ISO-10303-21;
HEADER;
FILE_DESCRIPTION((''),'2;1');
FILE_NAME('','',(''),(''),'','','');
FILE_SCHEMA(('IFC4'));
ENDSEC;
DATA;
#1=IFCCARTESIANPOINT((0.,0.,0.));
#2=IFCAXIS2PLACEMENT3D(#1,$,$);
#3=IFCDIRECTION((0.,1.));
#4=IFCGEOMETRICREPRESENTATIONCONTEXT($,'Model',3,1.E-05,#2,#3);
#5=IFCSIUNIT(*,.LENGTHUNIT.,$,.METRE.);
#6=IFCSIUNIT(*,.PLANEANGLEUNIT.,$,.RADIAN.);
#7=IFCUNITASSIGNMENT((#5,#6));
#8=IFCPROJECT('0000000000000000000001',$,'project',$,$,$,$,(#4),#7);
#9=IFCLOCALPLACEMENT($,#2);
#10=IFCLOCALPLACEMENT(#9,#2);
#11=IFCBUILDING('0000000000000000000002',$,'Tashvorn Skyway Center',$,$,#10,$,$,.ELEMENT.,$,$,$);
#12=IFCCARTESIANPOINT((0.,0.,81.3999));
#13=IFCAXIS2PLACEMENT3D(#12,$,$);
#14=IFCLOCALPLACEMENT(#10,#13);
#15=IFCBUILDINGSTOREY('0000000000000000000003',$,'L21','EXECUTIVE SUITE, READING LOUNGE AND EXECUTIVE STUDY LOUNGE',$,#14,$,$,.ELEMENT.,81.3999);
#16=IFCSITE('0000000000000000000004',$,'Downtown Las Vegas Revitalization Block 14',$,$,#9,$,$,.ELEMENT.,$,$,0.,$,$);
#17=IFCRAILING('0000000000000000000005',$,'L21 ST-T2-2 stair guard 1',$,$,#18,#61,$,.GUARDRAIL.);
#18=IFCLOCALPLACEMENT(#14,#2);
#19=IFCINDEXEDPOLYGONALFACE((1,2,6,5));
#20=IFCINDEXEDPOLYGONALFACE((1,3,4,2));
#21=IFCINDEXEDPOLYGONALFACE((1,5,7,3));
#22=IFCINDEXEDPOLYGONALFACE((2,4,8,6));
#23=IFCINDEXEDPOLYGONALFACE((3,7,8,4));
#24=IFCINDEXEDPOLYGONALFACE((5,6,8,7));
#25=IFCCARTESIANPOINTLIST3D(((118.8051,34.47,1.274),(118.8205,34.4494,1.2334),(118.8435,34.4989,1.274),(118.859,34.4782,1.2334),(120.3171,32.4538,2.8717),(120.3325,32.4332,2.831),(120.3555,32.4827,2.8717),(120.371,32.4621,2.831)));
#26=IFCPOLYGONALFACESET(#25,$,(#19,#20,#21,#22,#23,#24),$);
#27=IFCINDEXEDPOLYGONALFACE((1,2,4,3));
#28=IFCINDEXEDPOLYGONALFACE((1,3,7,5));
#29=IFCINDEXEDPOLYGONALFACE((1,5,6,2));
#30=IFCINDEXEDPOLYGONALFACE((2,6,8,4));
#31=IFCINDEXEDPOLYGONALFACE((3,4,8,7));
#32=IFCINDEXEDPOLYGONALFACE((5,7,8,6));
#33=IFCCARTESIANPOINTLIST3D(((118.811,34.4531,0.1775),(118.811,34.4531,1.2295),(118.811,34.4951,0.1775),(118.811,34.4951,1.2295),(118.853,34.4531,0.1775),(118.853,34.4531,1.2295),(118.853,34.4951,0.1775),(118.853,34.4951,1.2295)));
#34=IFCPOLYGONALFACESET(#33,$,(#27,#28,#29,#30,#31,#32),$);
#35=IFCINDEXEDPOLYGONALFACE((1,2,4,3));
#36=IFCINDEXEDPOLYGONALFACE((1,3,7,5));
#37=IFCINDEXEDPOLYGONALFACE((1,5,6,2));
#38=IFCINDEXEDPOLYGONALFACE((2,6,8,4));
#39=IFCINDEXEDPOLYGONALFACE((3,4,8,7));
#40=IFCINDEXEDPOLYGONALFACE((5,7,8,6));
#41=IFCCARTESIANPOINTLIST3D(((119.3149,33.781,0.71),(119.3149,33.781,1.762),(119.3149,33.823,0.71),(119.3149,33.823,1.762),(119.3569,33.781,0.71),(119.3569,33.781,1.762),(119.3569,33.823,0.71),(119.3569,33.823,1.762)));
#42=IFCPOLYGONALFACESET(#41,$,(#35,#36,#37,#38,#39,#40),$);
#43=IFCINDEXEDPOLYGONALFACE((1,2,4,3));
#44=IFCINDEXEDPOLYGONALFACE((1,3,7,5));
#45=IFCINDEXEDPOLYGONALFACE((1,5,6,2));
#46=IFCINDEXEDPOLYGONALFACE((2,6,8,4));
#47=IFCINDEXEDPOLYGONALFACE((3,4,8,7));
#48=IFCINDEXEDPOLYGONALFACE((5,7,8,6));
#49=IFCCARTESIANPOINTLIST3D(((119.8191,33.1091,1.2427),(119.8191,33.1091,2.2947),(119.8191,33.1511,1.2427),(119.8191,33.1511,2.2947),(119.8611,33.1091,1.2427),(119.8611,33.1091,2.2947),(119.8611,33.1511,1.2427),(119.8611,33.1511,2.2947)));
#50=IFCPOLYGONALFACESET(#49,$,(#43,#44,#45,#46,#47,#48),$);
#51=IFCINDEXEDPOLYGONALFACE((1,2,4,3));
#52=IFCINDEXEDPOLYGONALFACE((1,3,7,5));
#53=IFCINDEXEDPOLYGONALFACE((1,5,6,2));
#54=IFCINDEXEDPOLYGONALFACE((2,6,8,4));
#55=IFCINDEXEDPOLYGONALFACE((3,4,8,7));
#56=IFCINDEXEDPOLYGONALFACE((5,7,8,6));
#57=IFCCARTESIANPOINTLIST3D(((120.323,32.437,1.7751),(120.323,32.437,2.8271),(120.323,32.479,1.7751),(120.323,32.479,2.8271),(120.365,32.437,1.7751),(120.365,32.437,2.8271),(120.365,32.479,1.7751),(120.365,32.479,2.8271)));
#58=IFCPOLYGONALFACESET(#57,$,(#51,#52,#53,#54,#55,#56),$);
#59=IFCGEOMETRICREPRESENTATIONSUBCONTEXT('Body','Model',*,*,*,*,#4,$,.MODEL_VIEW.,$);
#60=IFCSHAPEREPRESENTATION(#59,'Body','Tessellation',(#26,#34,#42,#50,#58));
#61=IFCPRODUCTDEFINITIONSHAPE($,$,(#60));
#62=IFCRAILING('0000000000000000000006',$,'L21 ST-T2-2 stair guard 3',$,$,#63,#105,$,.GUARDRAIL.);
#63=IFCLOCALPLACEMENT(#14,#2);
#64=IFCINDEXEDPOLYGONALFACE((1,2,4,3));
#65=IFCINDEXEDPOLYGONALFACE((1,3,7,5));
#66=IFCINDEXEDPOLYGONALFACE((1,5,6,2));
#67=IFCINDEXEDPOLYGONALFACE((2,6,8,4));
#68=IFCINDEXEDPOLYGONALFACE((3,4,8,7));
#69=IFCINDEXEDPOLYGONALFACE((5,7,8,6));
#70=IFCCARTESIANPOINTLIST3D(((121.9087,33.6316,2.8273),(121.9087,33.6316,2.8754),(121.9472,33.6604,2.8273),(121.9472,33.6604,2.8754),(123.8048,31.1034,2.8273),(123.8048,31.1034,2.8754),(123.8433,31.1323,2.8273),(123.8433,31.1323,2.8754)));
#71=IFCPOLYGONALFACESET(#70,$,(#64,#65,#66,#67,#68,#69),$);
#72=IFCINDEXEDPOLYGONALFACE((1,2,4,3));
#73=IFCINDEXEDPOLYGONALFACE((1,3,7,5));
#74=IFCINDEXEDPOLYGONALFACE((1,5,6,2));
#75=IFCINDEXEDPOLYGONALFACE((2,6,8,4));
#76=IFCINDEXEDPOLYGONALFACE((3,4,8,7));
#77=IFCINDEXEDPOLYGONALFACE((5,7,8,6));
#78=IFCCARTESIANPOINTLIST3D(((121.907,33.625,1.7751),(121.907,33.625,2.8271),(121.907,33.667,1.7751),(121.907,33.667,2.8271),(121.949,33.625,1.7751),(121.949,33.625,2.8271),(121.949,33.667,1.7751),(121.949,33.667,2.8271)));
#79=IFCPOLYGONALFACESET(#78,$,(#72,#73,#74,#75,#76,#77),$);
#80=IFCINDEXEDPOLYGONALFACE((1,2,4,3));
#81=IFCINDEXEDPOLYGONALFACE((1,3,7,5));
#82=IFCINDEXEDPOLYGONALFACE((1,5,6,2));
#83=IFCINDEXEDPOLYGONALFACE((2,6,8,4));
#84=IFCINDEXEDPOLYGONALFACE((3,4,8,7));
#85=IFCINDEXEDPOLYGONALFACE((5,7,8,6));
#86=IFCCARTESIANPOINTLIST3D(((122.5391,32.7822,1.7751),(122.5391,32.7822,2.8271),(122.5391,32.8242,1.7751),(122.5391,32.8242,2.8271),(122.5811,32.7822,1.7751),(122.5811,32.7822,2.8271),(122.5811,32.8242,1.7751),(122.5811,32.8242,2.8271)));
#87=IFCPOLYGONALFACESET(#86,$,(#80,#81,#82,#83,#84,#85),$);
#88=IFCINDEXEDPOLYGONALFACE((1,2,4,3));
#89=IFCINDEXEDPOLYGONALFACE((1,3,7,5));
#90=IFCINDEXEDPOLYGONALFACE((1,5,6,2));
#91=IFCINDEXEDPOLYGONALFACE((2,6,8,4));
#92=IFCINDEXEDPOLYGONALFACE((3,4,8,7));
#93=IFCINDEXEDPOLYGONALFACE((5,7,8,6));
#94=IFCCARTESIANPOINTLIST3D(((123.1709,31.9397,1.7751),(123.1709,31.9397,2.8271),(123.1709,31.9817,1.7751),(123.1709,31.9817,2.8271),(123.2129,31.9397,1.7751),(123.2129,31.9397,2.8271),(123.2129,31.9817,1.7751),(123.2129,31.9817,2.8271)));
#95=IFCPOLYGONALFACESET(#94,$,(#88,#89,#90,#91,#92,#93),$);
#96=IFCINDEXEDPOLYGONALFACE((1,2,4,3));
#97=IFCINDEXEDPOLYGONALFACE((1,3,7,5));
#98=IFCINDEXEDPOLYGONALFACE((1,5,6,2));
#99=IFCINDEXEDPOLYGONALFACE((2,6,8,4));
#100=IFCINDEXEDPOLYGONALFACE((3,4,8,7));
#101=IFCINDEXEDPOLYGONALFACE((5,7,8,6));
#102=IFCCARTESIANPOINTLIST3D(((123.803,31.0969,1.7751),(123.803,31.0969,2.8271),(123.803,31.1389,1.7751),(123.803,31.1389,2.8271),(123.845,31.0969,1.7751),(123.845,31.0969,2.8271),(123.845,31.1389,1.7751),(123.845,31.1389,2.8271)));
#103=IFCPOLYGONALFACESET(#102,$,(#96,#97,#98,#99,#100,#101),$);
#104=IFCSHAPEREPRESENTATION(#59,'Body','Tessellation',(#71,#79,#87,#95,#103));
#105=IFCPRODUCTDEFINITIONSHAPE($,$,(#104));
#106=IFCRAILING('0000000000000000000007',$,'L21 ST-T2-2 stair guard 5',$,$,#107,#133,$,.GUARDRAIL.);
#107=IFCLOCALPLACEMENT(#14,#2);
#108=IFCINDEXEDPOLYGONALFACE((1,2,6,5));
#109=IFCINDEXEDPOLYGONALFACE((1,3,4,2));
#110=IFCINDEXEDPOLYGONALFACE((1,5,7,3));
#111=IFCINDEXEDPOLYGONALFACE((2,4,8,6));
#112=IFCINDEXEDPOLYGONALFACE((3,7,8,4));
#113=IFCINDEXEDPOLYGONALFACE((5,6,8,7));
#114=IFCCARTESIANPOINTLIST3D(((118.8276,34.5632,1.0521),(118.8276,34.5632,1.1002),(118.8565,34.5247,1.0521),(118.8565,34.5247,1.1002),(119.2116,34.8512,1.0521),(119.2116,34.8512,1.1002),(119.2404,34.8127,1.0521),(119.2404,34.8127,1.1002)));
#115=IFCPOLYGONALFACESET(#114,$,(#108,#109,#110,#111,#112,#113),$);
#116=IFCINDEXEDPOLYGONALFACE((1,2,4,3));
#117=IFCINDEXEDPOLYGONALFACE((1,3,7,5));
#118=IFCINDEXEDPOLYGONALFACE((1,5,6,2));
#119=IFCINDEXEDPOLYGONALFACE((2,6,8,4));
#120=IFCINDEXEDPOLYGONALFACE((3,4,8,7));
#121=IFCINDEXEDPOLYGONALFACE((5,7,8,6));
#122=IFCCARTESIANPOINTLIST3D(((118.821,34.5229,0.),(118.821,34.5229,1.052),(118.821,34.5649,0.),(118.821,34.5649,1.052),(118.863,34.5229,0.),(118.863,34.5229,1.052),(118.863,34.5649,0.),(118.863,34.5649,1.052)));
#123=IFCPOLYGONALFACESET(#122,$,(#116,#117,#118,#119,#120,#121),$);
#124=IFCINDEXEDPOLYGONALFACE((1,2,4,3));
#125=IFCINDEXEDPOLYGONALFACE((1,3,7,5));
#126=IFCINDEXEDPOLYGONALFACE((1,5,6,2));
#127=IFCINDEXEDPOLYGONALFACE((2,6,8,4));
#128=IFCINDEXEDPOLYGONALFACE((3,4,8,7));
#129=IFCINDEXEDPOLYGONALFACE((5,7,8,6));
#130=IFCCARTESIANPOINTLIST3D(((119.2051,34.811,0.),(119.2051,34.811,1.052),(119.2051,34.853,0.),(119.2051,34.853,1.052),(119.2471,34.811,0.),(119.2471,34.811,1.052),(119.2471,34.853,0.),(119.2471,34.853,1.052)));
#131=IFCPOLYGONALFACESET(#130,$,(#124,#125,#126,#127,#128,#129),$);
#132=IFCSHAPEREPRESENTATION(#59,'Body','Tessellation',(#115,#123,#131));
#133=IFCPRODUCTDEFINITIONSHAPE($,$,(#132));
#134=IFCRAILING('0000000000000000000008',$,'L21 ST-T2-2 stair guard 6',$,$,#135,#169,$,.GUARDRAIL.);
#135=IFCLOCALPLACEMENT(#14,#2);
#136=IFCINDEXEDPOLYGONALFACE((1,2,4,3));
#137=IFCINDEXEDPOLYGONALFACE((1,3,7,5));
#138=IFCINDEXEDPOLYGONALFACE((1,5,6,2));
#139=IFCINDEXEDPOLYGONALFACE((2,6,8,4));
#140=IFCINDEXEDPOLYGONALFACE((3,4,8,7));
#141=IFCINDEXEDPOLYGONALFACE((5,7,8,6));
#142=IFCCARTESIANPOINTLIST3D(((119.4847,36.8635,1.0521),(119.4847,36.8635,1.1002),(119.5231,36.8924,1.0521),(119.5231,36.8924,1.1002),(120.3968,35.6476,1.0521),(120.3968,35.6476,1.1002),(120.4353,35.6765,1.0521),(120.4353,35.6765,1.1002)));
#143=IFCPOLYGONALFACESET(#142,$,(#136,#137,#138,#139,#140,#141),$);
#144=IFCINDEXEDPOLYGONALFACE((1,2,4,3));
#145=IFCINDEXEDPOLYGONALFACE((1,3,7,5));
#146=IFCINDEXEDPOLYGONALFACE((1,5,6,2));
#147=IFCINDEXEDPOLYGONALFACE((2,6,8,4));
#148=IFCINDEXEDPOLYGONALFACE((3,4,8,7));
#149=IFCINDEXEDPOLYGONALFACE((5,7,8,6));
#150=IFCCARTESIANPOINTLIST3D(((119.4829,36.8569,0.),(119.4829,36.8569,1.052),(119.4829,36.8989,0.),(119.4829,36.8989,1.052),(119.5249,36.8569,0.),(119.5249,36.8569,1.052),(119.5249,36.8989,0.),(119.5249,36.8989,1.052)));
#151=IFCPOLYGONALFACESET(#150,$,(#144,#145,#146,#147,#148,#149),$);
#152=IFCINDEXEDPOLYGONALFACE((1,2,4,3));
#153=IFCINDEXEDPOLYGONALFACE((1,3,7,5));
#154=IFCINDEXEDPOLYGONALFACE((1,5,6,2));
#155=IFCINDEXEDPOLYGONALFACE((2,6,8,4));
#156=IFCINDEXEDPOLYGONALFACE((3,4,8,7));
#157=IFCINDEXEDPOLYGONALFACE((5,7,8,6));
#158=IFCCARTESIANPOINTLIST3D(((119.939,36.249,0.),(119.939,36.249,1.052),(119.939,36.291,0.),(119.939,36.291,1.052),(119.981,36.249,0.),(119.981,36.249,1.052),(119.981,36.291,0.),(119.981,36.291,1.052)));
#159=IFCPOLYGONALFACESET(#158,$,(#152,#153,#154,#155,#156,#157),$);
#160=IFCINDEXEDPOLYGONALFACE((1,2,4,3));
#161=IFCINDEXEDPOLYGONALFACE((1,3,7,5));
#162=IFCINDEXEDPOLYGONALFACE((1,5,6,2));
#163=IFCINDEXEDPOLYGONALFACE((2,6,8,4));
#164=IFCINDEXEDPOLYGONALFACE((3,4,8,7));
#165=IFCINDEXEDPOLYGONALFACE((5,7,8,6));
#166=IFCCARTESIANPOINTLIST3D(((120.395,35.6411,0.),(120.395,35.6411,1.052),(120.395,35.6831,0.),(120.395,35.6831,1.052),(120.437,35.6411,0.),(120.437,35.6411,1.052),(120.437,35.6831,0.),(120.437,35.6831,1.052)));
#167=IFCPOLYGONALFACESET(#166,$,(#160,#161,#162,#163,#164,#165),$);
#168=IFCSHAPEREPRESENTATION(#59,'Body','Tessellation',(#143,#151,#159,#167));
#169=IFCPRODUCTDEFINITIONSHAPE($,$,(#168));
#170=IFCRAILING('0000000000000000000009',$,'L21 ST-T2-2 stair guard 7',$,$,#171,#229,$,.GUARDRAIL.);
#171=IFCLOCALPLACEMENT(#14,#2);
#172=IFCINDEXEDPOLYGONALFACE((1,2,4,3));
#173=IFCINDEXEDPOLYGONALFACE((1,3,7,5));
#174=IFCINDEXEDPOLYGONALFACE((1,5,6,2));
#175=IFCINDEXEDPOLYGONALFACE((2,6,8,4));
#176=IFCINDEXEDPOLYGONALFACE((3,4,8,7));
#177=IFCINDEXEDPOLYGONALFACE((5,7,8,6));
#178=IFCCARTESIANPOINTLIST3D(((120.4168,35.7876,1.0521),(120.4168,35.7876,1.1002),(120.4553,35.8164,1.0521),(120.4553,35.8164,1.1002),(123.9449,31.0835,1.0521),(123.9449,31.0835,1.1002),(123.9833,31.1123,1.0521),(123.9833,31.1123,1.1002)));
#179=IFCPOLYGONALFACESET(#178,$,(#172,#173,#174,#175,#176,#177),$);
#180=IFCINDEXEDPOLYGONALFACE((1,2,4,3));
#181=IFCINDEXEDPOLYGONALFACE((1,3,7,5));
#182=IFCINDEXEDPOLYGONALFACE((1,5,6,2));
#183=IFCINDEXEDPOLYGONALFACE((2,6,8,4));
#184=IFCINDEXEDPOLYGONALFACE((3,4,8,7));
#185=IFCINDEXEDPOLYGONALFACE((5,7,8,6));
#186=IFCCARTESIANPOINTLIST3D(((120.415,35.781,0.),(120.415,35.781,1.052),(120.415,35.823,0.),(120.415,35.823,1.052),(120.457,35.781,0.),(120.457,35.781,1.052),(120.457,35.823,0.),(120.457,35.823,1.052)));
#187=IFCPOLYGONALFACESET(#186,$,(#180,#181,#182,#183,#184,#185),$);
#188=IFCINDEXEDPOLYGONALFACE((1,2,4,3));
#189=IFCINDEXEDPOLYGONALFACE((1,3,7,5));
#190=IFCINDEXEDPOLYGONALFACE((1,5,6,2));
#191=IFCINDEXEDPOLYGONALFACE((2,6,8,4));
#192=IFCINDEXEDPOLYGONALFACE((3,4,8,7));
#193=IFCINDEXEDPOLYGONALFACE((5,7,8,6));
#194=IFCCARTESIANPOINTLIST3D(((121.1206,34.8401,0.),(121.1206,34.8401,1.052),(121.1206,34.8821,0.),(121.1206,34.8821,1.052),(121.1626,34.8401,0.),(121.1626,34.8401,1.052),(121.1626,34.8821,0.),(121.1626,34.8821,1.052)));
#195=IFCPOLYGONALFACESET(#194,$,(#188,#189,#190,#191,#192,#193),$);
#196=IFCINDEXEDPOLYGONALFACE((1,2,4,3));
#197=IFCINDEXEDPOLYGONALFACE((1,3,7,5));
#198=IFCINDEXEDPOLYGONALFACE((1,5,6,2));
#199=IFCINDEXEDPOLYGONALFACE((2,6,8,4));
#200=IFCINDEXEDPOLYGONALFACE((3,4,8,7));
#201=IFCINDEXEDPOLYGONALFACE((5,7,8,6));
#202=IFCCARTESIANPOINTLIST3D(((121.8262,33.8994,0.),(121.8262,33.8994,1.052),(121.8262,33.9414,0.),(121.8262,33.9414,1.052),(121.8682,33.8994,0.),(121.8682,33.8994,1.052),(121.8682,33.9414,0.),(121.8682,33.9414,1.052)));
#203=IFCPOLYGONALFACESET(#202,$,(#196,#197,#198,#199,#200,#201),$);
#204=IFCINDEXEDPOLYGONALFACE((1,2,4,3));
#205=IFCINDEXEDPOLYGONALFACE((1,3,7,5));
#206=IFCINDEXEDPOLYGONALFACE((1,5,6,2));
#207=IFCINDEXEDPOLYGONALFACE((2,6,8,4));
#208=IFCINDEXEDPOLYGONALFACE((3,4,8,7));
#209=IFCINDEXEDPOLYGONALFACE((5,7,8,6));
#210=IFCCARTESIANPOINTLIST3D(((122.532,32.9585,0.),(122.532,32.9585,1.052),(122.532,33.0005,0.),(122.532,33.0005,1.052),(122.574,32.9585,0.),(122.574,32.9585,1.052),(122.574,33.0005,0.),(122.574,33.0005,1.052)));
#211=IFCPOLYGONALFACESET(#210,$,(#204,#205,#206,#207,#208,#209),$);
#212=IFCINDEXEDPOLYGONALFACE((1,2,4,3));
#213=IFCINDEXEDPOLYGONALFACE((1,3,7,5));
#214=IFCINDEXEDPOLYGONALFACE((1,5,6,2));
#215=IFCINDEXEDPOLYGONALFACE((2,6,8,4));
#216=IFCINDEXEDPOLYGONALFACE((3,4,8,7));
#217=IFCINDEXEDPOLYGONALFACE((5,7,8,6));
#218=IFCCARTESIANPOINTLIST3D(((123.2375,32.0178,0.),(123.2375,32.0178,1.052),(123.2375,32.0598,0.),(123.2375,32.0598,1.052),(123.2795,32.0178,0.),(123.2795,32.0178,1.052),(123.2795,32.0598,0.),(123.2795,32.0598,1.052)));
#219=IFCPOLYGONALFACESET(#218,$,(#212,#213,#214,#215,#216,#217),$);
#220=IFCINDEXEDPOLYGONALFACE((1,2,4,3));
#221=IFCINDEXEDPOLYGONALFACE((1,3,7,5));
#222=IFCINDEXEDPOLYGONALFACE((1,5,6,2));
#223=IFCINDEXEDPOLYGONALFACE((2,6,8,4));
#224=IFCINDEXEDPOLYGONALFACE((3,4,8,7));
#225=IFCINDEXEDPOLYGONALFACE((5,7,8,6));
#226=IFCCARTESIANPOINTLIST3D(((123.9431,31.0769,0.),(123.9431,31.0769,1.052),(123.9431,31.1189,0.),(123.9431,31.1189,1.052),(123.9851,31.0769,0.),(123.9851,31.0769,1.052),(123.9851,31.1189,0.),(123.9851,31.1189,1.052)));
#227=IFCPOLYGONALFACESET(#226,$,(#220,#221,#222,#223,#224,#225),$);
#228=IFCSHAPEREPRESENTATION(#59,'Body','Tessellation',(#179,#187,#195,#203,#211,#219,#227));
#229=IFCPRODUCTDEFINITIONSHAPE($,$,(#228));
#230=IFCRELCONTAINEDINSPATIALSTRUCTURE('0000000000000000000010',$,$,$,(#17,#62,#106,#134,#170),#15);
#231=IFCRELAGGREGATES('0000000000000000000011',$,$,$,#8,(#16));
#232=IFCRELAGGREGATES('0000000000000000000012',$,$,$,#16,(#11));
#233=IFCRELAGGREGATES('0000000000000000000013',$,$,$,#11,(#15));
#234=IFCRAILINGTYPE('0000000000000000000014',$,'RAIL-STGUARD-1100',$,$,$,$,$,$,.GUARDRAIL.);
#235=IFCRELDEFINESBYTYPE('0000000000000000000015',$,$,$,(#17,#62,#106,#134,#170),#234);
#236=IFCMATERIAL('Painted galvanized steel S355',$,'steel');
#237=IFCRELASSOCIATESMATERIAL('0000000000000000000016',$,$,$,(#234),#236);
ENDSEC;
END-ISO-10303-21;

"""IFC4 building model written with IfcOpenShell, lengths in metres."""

from ifc_helpers import new_model, si_unit, direction, frame, origin, origin_2d, place, context, subcontext, project, spatial, rectangle, extrude, material, type_object, element, save


model = new_model("IFC4")

# Units and contexts
model_context = context("Model", 3, precision=1e-05, world=origin(), true_north=direction((0.0, 1.0)))
body_context = subcontext(model_context, "Body", "Model", "MODEL_VIEW")
ifc_project = project(units=[si_unit("LENGTHUNIT", "METRE"), si_unit("PLANEANGLEUNIT", "RADIAN")], contexts=[model_context])

# Site, building, storey
site_placement = place(None, origin())
site = spatial("IfcSite", under=ifc_project, at=site_placement, Name="Downtown Las Vegas Revitalization Block 14", CompositionType="ELEMENT", RefElevation=0.0)
building_placement = place(site_placement, origin())
building = spatial("IfcBuilding", under=site, at=building_placement, Name="Tashvorn Skyway Center", CompositionType="ELEMENT")
storey_placement = place(building_placement, frame((0.0, 0.0, 81.3999)))
storey = spatial("IfcBuildingStorey", under=building, at=storey_placement, Name="L21", Description="EXECUTIVE SUITE, READING LOUNGE AND EXECUTIVE STUDY LOUNGE", CompositionType="ELEMENT", Elevation=81.3999)

# Railings
ifc_material_1 = material(Name="Painted galvanized steel S355", Category="steel")
railing_type_1 = type_object("IfcRailingType", Name="RAIL-STGUARD-1100", PredefinedType="GUARDRAIL", material=ifc_material_1)
railing_1_placement = place(storey_placement, frame((118.832, 34.4741, 0.1775)))
element("IfcRailing", 1, at=railing_1_placement, inside=storey, type_object=railing_type_1, Name="L21 ST-T2-2 stair guard 1", PredefinedType="GUARDRAIL", context=body_context, shape_type="SweptSolid", body=[
    extrude(rectangle(XDim=0.0481, YDim=0.0481, at=origin_2d()), frame((0.0, 0.0, 1.0762), z_axis=(0.506719, -0.675679, 0.535438), x_axis=(0.800023, 0.599969, 0.0)), (0.0, 0.0, 1.0), 2.9839),
    extrude(rectangle(XDim=0.042, YDim=0.042, at=origin_2d()), origin(), (0.0, 0.0, 1.0), 1.052),
    extrude(rectangle(XDim=0.042, YDim=0.042, at=origin_2d()), frame((0.5039, -0.6721, 0.5325)), (0.0, 0.0, 1.0), 1.052),
    extrude(rectangle(XDim=0.042, YDim=0.042, at=origin_2d()), frame((1.0081, -1.344, 1.0652)), (0.0, 0.0, 1.0), 1.052),
    extrude(rectangle(XDim=0.042, YDim=0.042, at=origin_2d()), frame((1.512, -2.0161, 1.5977)), (0.0, 0.0, 1.0), 1.052),
])
railing_2_placement = place(storey_placement, frame((121.928, 33.646, 1.7751)))
element("IfcRailing", 2, at=railing_2_placement, inside=storey, type_object=railing_type_1, Name="L21 ST-T2-2 stair guard 3", PredefinedType="GUARDRAIL", context=body_context, shape_type="SweptSolid", body=[
    extrude(rectangle(XDim=0.0481, YDim=0.0481, at=origin_2d()), frame((0.0, 0.0, 1.0762), z_axis=(0.599988, -0.800009, 0.0), x_axis=(0.800009, 0.599988, 0.0)), (0.0, 0.0, 1.0), 3.1602),
    extrude(rectangle(XDim=0.042, YDim=0.042, at=origin_2d()), origin(), (0.0, 0.0, 1.0), 1.052),
    extrude(rectangle(XDim=0.042, YDim=0.042, at=origin_2d()), frame((0.6321, -0.8428, 0.0)), (0.0, 0.0, 1.0), 1.052),
    extrude(rectangle(XDim=0.042, YDim=0.042, at=origin_2d()), frame((1.2639, -1.6853, 0.0)), (0.0, 0.0, 1.0), 1.052),
    extrude(rectangle(XDim=0.042, YDim=0.042, at=origin_2d()), frame((1.896, -2.5281, 0.0)), (0.0, 0.0, 1.0), 1.052),
])
railing_3_placement = place(storey_placement, frame((118.842, 34.5439, 0.0)))
element("IfcRailing", 3, at=railing_3_placement, inside=storey, type_object=railing_type_1, Name="L21 ST-T2-2 stair guard 5", PredefinedType="GUARDRAIL", context=body_context, shape_type="SweptSolid", body=[
    extrude(rectangle(XDim=0.0481, YDim=0.0481, at=origin_2d()), frame((0.0, 0.0, 1.0762), z_axis=(0.799939, 0.600081, 0.0), x_axis=(-0.600081, 0.799939, 0.0)), (0.0, 0.0, 1.0), 0.48),
    extrude(rectangle(XDim=0.042, YDim=0.042, at=origin_2d()), origin(), (0.0, 0.0, 1.0), 1.052),
    extrude(rectangle(XDim=0.042, YDim=0.042, at=origin_2d()), frame((0.384, 0.2881, 0.0)), (0.0, 0.0, 1.0), 1.052),
])
railing_4_placement = place(storey_placement, frame((119.5039, 36.8779, 0.0)))
element("IfcRailing", 4, at=railing_4_placement, inside=storey, type_object=railing_type_1, Name="L21 ST-T2-2 stair guard 6", PredefinedType="GUARDRAIL", context=body_context, shape_type="SweptSolid", body=[
    extrude(rectangle(XDim=0.0481, YDim=0.0481, at=origin_2d()), frame((0.0, 0.0, 1.0762), z_axis=(0.600103, -0.799923, 0.0), x_axis=(0.799923, 0.600103, 0.0)), (0.0, 0.0, 1.0), 1.52),
    extrude(rectangle(XDim=0.042, YDim=0.042, at=origin_2d()), origin(), (0.0, 0.0, 1.0), 1.052),
    extrude(rectangle(XDim=0.042, YDim=0.042, at=origin_2d()), frame((0.4561, -0.6079, 0.0)), (0.0, 0.0, 1.0), 1.052),
    extrude(rectangle(XDim=0.042, YDim=0.042, at=origin_2d()), frame((0.9121, -1.2158, 0.0)), (0.0, 0.0, 1.0), 1.052),
])
railing_5_placement = place(storey_placement, frame((120.436, 35.802, 0.0)))
element("IfcRailing", 5, at=railing_5_placement, inside=storey, type_object=railing_type_1, Name="L21 ST-T2-2 stair guard 7", PredefinedType="GUARDRAIL", context=body_context, shape_type="SweptSolid", body=[
    extrude(rectangle(XDim=0.0481, YDim=0.0481, at=origin_2d()), frame((0.0, 0.0, 1.0762), z_axis=(0.6, -0.8, 0.0), x_axis=(0.8, 0.6, 0.0)), (0.0, 0.0, 1.0), 5.8801),
    extrude(rectangle(XDim=0.042, YDim=0.042, at=origin_2d()), origin(), (0.0, 0.0, 1.0), 1.052),
    extrude(rectangle(XDim=0.042, YDim=0.042, at=origin_2d()), frame((0.7056, -0.9409, 0.0)), (0.0, 0.0, 1.0), 1.052),
    extrude(rectangle(XDim=0.042, YDim=0.042, at=origin_2d()), frame((1.4111, -1.8816, 0.0)), (0.0, 0.0, 1.0), 1.052),
    extrude(rectangle(XDim=0.042, YDim=0.042, at=origin_2d()), frame((2.1169, -2.8225, 0.0)), (0.0, 0.0, 1.0), 1.052),
    extrude(rectangle(XDim=0.042, YDim=0.042, at=origin_2d()), frame((2.8225, -3.7632, 0.0)), (0.0, 0.0, 1.0), 1.052),
    extrude(rectangle(XDim=0.042, YDim=0.042, at=origin_2d()), frame((3.5281, -4.7041, 0.0)), (0.0, 0.0, 1.0), 1.052),
])

save(model, "model.ifc")
